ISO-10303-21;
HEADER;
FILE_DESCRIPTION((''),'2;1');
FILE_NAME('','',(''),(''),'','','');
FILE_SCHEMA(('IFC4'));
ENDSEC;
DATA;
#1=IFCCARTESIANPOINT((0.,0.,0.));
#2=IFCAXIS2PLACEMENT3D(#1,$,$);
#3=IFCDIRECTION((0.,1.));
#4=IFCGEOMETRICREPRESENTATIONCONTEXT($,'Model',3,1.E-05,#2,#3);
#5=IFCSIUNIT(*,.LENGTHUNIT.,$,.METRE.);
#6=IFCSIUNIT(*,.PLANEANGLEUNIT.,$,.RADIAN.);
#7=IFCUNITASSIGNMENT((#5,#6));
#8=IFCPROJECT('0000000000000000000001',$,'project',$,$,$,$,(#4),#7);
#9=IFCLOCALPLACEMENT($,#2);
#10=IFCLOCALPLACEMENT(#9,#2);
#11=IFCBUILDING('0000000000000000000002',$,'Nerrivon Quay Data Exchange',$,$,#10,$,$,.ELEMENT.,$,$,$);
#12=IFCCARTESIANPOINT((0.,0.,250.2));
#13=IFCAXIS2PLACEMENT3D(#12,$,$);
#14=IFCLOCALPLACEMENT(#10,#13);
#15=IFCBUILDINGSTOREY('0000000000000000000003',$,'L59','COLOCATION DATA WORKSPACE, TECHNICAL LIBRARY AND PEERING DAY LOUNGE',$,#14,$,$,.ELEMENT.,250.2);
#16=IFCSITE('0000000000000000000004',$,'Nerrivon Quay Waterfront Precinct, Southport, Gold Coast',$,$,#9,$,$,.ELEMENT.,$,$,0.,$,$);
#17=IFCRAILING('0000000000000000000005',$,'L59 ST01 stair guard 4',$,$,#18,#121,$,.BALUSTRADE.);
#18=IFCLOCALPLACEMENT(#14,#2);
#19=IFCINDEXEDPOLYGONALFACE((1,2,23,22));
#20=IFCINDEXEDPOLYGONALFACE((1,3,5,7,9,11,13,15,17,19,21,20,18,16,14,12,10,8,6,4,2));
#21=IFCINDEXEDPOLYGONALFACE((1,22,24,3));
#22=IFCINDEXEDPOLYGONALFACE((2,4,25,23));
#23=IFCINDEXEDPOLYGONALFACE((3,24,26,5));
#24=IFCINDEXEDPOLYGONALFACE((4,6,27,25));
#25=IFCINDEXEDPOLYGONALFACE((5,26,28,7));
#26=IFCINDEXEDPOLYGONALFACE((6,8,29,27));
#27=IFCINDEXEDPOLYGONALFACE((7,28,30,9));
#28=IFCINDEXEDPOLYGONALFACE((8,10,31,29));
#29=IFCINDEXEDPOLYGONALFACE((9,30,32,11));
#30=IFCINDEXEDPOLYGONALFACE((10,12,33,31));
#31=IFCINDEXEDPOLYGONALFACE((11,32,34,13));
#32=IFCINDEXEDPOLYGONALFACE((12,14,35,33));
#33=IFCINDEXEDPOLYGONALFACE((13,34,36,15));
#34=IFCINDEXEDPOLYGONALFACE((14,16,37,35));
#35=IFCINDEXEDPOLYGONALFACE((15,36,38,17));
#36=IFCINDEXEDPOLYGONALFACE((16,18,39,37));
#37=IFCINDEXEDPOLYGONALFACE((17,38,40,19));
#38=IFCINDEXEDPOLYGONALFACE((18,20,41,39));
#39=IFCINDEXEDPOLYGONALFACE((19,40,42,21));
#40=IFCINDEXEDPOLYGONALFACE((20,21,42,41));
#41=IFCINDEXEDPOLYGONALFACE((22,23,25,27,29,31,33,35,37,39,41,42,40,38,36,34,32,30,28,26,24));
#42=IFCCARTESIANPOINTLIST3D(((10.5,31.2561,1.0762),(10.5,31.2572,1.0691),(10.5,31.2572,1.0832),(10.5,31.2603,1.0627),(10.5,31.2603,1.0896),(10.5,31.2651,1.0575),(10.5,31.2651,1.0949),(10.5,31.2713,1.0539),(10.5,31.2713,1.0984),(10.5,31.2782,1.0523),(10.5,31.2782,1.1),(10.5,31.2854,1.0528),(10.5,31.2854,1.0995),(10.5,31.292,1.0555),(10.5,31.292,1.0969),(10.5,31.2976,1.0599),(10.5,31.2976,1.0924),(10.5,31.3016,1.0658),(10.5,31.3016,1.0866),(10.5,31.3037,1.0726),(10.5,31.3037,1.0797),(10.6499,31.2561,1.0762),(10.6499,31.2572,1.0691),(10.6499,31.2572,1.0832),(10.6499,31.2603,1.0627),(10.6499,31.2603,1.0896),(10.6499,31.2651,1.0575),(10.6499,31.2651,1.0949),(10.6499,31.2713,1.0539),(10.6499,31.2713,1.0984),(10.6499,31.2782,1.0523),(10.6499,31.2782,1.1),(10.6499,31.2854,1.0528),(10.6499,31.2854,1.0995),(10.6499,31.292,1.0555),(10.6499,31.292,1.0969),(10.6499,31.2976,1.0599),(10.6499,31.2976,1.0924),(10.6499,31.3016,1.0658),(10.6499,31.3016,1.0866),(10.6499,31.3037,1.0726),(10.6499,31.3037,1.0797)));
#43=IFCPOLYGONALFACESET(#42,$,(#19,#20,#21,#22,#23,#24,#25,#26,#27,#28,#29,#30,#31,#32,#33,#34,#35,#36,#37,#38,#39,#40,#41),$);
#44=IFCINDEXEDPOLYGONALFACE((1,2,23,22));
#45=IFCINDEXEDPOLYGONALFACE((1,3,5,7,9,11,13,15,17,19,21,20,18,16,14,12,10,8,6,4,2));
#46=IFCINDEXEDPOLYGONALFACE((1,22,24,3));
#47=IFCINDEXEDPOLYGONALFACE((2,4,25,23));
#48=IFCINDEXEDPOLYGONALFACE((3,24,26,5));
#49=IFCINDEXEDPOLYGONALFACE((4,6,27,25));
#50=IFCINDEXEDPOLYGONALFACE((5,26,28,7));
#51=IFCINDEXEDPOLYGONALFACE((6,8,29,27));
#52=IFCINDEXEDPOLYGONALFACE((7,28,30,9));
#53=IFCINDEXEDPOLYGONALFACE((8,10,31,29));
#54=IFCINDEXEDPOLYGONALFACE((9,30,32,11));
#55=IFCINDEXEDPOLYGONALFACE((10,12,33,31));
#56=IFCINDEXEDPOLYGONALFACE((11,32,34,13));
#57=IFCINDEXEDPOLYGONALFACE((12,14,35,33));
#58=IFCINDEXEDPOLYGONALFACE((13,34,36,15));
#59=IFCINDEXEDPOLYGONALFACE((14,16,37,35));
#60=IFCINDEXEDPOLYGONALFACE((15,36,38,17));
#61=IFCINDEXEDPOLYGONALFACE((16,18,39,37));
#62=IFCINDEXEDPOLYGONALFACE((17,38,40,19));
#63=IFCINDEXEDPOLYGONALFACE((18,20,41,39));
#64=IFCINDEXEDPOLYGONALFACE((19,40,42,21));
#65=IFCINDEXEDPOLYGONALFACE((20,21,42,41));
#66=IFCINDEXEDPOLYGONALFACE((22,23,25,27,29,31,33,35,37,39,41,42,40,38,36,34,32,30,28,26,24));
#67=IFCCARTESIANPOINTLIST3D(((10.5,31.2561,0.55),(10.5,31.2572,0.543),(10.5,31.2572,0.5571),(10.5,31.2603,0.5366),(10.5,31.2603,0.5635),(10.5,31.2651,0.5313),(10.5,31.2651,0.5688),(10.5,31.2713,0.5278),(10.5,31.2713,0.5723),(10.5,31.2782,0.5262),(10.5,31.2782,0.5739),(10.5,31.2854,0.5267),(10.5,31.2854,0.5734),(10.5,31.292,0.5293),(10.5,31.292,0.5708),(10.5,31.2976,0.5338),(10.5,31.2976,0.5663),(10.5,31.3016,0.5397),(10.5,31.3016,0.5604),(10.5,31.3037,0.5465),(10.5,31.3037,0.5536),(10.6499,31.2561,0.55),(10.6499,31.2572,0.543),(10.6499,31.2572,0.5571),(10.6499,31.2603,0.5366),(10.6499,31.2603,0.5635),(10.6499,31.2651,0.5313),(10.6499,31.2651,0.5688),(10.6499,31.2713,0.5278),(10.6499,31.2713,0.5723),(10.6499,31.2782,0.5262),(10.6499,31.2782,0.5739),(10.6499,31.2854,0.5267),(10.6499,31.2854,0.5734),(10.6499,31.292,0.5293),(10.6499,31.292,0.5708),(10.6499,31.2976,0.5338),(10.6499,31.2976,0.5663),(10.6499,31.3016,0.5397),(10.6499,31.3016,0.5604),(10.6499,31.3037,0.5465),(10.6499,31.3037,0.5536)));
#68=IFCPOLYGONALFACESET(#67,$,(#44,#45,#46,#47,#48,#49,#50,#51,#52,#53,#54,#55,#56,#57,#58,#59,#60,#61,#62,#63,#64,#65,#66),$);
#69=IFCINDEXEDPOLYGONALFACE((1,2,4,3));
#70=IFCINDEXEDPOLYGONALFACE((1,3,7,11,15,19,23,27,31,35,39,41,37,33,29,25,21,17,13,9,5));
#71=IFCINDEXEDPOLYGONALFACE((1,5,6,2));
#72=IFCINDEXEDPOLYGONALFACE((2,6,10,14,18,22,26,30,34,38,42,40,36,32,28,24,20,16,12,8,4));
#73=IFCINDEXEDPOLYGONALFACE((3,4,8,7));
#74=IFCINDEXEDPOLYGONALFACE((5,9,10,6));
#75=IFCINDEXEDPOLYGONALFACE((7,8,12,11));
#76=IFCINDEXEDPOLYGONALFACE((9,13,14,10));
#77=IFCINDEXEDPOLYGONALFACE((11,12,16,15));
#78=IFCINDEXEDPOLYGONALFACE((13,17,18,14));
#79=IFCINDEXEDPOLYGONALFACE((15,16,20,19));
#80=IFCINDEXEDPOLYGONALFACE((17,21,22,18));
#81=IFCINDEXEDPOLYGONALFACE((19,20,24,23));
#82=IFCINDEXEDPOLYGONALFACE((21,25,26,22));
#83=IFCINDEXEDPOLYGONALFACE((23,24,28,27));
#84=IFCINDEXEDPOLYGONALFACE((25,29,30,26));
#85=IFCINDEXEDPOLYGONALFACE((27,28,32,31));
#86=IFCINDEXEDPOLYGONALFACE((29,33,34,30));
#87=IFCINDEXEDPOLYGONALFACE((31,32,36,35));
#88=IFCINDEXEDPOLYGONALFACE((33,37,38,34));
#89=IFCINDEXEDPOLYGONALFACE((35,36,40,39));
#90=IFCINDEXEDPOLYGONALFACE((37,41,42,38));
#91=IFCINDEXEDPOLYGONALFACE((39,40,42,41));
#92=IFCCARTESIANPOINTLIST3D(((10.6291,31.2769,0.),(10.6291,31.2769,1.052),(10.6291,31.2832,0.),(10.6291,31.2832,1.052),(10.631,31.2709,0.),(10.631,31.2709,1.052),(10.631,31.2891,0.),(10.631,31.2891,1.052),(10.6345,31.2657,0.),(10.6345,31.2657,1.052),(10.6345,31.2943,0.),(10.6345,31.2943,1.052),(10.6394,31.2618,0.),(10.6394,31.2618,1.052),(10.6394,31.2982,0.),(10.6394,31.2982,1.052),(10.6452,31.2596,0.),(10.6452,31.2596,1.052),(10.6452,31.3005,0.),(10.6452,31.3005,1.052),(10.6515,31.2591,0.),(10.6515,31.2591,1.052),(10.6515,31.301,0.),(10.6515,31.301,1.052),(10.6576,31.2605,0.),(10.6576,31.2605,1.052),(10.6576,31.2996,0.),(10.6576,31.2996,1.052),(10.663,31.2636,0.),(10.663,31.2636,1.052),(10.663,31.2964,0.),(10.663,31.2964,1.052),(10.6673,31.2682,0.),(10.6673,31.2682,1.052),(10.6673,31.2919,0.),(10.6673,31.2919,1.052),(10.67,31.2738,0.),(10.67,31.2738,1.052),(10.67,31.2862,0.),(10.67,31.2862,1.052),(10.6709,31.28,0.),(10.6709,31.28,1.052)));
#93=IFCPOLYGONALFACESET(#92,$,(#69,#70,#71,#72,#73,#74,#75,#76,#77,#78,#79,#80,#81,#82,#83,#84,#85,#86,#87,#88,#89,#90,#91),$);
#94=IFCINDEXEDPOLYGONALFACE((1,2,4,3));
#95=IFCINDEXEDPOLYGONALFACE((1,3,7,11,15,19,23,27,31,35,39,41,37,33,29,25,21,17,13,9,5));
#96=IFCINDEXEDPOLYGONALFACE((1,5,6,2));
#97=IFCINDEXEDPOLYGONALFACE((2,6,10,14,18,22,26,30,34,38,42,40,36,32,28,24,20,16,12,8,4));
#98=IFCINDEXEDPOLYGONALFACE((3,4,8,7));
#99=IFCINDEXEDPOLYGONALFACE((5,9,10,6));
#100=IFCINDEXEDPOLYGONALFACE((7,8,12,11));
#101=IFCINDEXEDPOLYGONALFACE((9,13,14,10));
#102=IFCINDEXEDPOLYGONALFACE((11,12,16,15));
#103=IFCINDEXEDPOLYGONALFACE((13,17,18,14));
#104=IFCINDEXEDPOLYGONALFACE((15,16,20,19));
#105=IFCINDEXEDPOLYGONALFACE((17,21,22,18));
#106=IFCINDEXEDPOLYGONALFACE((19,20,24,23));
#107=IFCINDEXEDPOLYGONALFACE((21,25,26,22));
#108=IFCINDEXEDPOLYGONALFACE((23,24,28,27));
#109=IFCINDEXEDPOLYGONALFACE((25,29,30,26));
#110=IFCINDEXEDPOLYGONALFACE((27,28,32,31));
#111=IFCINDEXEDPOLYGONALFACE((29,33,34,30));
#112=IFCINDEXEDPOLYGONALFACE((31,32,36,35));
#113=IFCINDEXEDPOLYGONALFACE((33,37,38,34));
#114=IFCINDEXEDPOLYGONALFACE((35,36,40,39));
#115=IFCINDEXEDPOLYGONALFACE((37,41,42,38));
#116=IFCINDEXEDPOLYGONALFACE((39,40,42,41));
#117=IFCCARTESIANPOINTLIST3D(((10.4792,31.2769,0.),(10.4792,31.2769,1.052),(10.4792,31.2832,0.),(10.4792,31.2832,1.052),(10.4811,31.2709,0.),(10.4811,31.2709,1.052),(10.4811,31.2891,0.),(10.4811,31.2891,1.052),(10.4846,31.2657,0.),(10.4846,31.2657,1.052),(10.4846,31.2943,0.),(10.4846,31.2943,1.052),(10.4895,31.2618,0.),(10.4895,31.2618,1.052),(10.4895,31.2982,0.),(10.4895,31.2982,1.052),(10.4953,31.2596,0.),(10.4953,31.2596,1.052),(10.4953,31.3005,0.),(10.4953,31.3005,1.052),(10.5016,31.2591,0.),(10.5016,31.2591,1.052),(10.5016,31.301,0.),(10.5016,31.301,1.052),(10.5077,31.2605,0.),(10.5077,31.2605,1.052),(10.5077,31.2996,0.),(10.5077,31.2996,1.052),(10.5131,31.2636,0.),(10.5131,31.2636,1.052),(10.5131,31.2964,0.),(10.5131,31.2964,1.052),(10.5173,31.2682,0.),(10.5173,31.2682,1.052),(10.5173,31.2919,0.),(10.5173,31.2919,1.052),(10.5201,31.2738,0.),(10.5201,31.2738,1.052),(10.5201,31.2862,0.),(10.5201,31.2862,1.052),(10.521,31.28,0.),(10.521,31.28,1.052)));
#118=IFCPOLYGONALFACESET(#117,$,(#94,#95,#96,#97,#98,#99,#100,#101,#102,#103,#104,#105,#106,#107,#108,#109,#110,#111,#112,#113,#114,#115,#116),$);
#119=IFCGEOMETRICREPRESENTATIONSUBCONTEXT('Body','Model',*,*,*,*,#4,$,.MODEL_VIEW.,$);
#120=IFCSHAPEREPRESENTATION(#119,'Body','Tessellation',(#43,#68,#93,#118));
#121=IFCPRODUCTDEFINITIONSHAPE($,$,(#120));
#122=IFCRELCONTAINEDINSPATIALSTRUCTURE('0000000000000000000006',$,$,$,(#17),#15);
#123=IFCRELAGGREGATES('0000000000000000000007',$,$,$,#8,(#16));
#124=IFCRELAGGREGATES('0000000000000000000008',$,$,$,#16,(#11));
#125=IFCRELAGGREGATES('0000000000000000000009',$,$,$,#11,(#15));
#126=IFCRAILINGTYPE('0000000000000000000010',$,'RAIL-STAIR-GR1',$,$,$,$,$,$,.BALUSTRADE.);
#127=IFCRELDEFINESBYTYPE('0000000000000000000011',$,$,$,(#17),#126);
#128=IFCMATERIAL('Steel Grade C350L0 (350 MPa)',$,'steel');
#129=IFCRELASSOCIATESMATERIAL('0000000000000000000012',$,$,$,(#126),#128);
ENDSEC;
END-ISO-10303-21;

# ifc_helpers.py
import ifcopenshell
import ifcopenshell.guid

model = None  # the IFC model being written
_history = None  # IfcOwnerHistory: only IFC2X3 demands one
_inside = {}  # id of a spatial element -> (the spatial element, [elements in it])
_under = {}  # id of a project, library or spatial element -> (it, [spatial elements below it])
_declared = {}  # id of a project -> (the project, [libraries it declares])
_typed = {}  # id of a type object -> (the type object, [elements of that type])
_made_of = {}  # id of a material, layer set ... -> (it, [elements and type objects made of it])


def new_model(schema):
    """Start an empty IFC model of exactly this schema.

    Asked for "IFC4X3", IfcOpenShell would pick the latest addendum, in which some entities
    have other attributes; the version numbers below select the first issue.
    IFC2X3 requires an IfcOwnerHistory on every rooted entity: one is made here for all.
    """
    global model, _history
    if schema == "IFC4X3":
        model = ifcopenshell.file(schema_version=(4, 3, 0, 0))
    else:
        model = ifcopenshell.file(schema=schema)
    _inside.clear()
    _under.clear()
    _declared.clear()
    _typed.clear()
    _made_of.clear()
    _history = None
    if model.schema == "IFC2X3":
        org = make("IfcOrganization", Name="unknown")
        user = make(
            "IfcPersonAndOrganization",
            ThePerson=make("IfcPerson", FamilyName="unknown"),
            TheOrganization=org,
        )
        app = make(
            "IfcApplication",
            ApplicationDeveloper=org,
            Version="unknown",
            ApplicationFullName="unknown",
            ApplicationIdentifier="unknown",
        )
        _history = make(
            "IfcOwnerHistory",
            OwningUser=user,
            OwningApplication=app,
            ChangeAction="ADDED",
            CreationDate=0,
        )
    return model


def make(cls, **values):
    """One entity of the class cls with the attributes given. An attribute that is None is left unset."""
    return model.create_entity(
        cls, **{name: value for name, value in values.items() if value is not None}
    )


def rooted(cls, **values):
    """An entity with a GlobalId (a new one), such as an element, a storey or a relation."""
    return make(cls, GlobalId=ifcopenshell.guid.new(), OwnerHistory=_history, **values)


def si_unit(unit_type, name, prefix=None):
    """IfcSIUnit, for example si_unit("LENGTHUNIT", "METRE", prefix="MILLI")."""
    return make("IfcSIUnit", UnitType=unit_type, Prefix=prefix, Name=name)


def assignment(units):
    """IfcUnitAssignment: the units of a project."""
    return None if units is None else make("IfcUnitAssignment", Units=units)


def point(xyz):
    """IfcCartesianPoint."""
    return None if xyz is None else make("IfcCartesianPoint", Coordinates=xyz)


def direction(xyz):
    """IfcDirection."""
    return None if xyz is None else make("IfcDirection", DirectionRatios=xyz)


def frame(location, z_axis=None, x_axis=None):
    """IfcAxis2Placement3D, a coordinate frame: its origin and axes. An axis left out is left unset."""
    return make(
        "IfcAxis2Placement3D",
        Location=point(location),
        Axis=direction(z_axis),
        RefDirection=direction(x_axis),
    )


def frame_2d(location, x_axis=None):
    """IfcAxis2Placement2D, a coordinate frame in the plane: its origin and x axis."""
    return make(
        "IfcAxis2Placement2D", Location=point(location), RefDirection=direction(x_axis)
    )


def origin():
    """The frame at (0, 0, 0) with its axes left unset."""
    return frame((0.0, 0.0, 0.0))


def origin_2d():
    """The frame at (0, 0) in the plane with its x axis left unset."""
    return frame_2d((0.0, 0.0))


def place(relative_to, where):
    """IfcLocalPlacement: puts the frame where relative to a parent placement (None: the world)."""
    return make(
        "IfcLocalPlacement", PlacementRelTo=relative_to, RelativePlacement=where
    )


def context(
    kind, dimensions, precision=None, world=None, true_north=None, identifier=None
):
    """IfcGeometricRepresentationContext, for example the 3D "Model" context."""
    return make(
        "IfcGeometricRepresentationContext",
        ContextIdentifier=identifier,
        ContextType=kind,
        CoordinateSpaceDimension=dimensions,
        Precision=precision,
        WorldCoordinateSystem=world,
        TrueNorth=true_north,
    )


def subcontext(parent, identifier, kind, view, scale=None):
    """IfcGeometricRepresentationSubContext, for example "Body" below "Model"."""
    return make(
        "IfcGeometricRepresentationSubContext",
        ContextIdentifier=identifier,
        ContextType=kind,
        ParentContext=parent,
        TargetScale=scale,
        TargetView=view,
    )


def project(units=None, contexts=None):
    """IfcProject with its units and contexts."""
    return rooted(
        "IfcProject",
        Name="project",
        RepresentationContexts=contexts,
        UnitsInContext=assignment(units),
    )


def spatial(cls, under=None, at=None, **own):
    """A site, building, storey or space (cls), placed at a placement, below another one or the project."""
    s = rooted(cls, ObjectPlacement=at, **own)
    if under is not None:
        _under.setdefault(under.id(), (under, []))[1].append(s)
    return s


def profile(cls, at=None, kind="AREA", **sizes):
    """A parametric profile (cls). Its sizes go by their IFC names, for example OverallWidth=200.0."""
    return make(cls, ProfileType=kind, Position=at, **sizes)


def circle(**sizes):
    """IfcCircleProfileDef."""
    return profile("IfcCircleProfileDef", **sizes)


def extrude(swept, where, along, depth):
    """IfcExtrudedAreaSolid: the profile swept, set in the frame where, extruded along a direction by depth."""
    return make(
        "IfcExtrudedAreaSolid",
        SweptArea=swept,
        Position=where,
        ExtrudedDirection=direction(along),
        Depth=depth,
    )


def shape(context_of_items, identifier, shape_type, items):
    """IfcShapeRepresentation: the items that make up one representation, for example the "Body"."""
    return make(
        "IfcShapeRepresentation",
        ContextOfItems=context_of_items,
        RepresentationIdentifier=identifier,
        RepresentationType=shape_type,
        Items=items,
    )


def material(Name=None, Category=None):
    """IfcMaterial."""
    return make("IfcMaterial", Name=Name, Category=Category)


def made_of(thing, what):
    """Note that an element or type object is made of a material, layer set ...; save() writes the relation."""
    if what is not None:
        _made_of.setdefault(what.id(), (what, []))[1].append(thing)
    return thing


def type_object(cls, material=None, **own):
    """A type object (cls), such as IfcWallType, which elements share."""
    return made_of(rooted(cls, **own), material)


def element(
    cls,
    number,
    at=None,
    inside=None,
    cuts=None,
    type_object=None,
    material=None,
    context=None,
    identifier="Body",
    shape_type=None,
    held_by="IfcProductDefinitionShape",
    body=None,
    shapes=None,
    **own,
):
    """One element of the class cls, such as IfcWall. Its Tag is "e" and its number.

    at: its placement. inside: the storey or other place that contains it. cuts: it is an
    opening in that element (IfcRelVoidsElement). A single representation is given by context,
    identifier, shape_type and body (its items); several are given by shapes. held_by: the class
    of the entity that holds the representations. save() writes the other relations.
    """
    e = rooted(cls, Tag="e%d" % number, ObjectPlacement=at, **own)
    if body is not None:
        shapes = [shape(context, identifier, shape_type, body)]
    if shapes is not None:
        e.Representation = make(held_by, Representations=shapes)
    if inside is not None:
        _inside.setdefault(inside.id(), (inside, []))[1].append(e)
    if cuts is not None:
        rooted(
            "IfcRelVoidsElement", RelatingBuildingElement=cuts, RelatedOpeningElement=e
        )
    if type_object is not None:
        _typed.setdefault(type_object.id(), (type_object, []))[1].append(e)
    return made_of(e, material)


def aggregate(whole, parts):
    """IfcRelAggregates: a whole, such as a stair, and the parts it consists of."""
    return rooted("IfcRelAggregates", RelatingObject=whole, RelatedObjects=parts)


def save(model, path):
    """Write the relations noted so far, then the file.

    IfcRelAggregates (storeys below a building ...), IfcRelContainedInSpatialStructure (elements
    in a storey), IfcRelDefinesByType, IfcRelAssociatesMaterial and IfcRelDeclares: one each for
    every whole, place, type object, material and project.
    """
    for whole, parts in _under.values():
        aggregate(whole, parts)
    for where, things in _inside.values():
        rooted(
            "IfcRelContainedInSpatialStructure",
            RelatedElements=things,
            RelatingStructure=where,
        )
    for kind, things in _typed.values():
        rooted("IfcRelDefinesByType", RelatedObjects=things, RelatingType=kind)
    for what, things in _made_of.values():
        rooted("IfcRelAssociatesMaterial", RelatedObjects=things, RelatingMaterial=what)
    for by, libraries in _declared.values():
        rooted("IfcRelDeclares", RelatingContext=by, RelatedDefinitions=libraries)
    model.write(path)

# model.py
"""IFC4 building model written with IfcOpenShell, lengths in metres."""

from ifc_helpers import new_model, si_unit, direction, frame, origin, origin_2d, place, context, subcontext, project, spatial, circle, extrude, material, type_object, element, save


model = new_model("IFC4")

# Units and contexts
model_context = context("Model", 3, precision=1e-05, world=origin(), true_north=direction((0.0, 1.0)))
body_context = subcontext(model_context, "Body", "Model", "MODEL_VIEW")
ifc_project = project(units=[si_unit("LENGTHUNIT", "METRE"), si_unit("PLANEANGLEUNIT", "RADIAN")], contexts=[model_context])

# Site, building, storey
site_placement = place(None, origin())
site = spatial("IfcSite", under=ifc_project, at=site_placement, Name="Nerrivon Quay Waterfront Precinct, Southport, Gold Coast", CompositionType="ELEMENT", RefElevation=0.0)
building_placement = place(site_placement, origin())
building = spatial("IfcBuilding", under=site, at=building_placement, Name="Nerrivon Quay Data Exchange", CompositionType="ELEMENT")
storey_placement = place(building_placement, frame((0.0, 0.0, 250.2)))
storey = spatial("IfcBuildingStorey", under=building, at=storey_placement, Name="L59", Description="COLOCATION DATA WORKSPACE, TECHNICAL LIBRARY AND PEERING DAY LOUNGE", CompositionType="ELEMENT", Elevation=250.2)

# Railing
ifc_material_1 = material(Name="Steel Grade C350L0 (350 MPa)", Category="steel")
railing_type_1 = type_object("IfcRailingType", Name="RAIL-STAIR-GR1", PredefinedType="BALUSTRADE", material=ifc_material_1)
railing_1_placement = place(storey_placement, frame((10.6499, 31.28, 0.0)))
element("IfcRailing", 1, at=railing_1_placement, inside=storey, type_object=railing_type_1, Name="L59 ST01 stair guard 4", PredefinedType="BALUSTRADE", context=body_context, shape_type="SweptSolid", body=[
    extrude(circle(Radius=0.0239, at=origin_2d()), frame((0.0, 0.0, 1.0762), z_axis=(-1.0, 0.0, 0.0), x_axis=(0.0, -1.0, 0.0)), (0.0, 0.0, 1.0), 0.1499),
    extrude(circle(Radius=0.0239, at=origin_2d()), frame((0.0, 0.0, 0.55), z_axis=(-1.0, 0.0, 0.0), x_axis=(0.0, -1.0, 0.0)), (0.0, 0.0, 1.0), 0.1499),
    extrude(circle(Radius=0.021, at=origin_2d()), origin(), (0.0, 0.0, 1.0), 1.052),
    extrude(circle(Radius=0.021, at=origin_2d()), frame((-0.1499, 0.0, 0.0)), (0.0, 0.0, 1.0), 1.052),
])

save(model, "model.ifc")
